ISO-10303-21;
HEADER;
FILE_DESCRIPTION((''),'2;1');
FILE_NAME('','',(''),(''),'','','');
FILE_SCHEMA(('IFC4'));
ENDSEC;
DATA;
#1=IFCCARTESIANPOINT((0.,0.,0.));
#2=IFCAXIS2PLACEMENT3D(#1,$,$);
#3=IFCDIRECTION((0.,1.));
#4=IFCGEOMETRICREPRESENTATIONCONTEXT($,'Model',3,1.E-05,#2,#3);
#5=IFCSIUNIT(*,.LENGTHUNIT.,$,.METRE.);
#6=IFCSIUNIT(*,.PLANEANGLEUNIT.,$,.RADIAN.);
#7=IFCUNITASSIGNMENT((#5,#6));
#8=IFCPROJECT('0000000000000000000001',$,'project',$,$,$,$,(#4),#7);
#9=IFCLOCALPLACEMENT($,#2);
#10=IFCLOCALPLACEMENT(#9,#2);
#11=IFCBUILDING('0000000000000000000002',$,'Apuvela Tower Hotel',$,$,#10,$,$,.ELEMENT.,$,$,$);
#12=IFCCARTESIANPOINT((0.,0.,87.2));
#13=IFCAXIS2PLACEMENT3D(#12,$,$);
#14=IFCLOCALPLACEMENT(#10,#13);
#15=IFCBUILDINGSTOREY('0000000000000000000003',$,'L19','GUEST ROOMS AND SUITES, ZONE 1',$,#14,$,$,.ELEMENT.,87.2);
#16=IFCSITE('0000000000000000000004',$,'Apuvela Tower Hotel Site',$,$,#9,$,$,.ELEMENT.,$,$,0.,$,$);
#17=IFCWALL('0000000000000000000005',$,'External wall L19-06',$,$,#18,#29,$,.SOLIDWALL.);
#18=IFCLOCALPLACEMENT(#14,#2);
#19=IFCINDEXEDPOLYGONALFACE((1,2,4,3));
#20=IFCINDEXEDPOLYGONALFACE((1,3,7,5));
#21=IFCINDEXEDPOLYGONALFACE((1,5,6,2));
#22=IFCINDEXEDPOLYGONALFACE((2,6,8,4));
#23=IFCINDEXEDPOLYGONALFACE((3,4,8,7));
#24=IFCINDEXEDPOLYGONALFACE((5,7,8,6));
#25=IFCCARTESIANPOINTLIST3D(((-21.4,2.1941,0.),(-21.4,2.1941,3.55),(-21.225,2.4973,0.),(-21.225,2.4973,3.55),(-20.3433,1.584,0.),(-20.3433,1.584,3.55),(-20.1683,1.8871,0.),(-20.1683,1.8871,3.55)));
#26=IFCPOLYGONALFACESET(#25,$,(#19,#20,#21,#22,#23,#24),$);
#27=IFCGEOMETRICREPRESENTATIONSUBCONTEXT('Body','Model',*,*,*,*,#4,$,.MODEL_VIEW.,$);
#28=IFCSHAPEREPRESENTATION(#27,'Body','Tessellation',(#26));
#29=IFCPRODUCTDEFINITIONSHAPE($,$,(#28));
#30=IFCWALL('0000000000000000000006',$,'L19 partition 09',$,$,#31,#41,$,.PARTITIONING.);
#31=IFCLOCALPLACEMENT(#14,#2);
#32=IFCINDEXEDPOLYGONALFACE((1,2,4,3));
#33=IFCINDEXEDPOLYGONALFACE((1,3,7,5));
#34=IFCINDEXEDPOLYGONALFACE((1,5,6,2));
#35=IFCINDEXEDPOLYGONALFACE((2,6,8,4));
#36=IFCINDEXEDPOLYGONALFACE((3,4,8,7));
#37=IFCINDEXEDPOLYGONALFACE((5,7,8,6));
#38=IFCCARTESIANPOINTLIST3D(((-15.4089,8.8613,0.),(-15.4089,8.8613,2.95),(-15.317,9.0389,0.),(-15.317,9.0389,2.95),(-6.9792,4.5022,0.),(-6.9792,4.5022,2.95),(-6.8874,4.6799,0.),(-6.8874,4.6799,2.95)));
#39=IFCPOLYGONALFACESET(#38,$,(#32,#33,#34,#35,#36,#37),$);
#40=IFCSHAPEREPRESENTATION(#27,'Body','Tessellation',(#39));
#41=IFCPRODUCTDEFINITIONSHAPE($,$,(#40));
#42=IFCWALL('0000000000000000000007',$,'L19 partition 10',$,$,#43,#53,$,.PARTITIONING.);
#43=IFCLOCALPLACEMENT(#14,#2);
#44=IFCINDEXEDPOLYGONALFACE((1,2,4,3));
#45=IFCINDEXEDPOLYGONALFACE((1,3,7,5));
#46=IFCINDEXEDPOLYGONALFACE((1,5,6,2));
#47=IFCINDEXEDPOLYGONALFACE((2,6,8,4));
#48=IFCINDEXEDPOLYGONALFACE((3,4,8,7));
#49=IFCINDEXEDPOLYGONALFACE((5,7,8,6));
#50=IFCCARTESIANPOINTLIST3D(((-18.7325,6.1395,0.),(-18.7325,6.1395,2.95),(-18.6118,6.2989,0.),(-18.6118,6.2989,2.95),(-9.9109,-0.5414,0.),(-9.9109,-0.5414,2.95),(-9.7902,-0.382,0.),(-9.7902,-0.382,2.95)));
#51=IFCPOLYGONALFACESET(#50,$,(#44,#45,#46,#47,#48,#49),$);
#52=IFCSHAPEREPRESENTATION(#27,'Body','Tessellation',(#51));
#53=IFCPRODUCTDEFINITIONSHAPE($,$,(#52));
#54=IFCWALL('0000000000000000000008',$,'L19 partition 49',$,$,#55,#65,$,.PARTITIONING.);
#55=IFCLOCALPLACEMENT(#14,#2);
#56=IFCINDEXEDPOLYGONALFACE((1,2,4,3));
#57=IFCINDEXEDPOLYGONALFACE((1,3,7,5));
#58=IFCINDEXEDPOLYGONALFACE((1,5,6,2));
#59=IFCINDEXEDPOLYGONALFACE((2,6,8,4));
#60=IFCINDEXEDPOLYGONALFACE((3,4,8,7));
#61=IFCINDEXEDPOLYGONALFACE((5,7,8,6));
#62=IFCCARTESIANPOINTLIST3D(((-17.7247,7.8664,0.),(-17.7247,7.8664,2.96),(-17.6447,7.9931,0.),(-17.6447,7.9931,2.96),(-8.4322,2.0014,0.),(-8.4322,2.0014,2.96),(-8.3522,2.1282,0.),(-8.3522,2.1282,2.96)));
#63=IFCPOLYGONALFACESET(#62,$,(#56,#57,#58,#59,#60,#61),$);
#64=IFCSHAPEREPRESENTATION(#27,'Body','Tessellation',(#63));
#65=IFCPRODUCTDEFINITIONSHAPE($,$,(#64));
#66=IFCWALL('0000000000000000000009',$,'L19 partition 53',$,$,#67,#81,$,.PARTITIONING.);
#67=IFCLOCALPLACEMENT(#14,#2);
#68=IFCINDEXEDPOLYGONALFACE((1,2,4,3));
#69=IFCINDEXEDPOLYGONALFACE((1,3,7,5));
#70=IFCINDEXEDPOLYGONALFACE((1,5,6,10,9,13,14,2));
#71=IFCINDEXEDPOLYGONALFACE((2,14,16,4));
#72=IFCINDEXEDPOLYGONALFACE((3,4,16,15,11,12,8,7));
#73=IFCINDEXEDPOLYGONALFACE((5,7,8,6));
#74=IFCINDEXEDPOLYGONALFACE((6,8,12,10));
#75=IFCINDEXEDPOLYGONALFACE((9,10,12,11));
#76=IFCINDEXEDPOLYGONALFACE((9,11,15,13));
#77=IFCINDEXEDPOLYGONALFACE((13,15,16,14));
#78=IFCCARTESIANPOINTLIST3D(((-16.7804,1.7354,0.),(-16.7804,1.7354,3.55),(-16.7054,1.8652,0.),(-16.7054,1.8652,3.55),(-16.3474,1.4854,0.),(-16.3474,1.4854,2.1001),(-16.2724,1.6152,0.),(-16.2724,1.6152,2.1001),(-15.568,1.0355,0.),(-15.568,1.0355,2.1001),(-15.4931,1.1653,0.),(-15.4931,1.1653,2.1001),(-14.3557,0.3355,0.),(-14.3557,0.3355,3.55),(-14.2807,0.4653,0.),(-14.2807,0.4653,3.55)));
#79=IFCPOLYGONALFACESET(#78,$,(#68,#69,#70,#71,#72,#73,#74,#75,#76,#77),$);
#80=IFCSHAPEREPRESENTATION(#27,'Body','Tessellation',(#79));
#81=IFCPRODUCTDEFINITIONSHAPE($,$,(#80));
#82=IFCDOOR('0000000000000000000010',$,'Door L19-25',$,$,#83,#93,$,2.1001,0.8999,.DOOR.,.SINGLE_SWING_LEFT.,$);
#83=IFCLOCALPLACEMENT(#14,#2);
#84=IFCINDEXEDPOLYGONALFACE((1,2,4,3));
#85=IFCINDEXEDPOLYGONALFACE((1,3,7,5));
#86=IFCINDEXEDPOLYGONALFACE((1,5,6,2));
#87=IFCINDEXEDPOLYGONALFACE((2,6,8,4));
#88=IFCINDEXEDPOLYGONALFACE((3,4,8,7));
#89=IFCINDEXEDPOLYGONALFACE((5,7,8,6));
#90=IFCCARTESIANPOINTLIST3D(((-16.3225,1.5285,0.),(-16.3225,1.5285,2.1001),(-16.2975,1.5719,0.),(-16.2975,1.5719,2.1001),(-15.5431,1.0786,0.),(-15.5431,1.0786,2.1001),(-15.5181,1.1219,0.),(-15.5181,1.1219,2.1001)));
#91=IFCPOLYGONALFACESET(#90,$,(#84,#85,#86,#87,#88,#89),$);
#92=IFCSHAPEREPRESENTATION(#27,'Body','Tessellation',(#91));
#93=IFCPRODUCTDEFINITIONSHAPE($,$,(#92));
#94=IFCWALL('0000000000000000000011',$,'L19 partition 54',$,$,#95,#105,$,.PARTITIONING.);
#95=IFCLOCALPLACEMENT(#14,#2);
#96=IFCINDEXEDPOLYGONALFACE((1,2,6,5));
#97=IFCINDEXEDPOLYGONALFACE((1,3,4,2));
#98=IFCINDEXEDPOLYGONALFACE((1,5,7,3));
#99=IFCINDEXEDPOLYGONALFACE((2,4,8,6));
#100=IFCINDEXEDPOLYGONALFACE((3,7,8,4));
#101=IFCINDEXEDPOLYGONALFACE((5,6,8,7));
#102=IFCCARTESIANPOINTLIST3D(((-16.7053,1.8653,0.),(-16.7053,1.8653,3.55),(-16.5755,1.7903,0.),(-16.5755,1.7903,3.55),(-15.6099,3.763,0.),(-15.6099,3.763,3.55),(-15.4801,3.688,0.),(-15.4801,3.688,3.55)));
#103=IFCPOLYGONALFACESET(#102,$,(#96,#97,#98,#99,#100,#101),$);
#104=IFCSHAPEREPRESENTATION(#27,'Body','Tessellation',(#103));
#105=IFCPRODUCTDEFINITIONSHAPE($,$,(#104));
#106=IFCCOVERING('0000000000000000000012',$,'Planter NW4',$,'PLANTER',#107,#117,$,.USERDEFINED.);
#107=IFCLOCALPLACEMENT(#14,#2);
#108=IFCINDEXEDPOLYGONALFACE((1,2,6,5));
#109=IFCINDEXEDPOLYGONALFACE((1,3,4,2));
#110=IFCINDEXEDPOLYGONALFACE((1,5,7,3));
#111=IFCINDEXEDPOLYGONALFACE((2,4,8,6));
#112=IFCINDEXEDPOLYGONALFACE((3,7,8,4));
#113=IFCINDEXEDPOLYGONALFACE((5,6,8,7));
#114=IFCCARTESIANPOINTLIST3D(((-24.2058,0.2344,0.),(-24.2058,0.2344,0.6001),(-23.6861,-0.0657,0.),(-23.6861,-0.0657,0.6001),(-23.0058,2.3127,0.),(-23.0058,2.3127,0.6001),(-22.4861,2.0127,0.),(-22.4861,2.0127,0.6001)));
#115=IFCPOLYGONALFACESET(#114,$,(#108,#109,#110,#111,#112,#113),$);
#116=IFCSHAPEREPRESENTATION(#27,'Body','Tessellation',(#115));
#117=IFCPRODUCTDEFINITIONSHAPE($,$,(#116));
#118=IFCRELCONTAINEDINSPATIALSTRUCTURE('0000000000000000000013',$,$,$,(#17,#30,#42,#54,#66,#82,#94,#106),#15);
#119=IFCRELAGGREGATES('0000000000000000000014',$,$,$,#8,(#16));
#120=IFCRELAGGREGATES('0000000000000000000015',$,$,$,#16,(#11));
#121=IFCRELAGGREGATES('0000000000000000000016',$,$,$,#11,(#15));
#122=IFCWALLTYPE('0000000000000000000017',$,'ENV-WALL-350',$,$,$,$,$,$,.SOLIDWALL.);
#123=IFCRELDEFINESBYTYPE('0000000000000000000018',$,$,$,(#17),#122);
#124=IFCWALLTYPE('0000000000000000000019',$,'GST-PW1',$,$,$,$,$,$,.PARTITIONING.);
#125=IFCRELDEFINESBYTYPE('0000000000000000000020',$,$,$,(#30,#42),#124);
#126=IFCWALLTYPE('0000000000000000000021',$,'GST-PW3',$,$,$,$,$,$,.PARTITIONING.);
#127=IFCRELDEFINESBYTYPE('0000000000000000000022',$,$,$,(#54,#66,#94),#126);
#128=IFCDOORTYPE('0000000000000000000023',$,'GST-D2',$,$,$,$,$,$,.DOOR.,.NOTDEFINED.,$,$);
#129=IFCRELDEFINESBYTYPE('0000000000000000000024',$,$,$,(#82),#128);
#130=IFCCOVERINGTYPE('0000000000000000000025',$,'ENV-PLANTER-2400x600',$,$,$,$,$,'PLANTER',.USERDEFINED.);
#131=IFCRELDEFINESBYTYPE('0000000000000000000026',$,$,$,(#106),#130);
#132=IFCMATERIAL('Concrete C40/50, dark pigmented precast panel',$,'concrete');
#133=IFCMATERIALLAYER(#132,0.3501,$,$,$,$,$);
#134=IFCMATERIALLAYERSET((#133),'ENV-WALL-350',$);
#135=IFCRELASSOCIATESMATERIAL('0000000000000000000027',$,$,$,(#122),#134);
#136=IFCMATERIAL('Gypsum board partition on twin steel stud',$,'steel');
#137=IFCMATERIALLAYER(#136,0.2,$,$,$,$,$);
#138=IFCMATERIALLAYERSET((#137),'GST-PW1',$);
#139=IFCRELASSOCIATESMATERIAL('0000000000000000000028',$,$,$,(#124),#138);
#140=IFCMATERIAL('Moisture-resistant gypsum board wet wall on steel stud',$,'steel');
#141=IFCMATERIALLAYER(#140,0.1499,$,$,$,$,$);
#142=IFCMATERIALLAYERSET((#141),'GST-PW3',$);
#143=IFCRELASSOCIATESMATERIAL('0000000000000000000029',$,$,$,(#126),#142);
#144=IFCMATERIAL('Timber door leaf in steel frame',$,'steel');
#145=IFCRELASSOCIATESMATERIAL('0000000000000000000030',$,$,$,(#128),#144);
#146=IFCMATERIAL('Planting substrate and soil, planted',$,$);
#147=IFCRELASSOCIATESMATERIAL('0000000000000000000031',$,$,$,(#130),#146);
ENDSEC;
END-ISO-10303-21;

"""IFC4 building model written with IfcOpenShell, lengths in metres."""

from ifc_helpers import new_model, si_unit, direction, frame, frame_2d, origin, origin_2d, place, context, subcontext, project, spatial, rectangle, extrude, material, layer, layer_set, type_object, element, fill, save


model = new_model("IFC4")

# Units and contexts
model_context = context("Model", 3, precision=1e-05, world=origin(), true_north=direction((0.0, 1.0)))
body_context = subcontext(model_context, "Body", "Model", "MODEL_VIEW")
ifc_project = project(units=[si_unit("LENGTHUNIT", "METRE"), si_unit("PLANEANGLEUNIT", "RADIAN")], contexts=[model_context])

# Site, building, storey
site_placement = place(None, origin())
site = spatial("IfcSite", under=ifc_project, at=site_placement, Name="Apuvela Tower Hotel Site", CompositionType="ELEMENT", RefElevation=0.0)
building_placement = place(site_placement, origin())
building = spatial("IfcBuilding", under=site, at=building_placement, Name="Apuvela Tower Hotel", CompositionType="ELEMENT")
storey_placement = place(building_placement, frame((0.0, 0.0, 87.2)))
storey = spatial("IfcBuildingStorey", under=building, at=storey_placement, Name="L19", Description="GUEST ROOMS AND SUITES, ZONE 1", CompositionType="ELEMENT", Elevation=87.2)

# Wall
ifc_material_1 = material(Name="Concrete C40/50, dark pigmented precast panel", Category="concrete")
ifc_layer_1 = layer(ifc_material_1, 0.3501)
ifc_layer_set_1 = layer_set([ifc_layer_1], Name="ENV-WALL-350")
wall_type_1 = type_object("IfcWallType", Name="ENV-WALL-350", PredefinedType="SOLIDWALL", material=ifc_layer_set_1)
wall_1_placement = place(storey_placement, frame((-21.3125, 2.3457, 0.0), z_axis=(0.0, 0.0, 1.0), x_axis=(0.866006, -0.500034, 0.0)))
element("IfcWall", 1, at=wall_1_placement, inside=storey, type_object=wall_type_1, Name="External wall L19-06", PredefinedType="SOLIDWALL", context=body_context, shape_type="SweptSolid", body=[
    extrude(rectangle(XDim=1.2202, YDim=0.3501, at=frame_2d((0.6101, 0.0))), origin(), (0.0, 0.0, 1.0), 3.55),
])

# Walls
ifc_material_2 = material(Name="Gypsum board partition on twin steel stud", Category="steel")
ifc_layer_2 = layer(ifc_material_2, 0.2)
ifc_layer_set_2 = layer_set([ifc_layer_2], Name="GST-PW1")
wall_type_2 = type_object("IfcWallType", Name="GST-PW1", PredefinedType="PARTITIONING", material=ifc_layer_set_2)
wall_2_placement = place(storey_placement, frame((-15.363, 8.9502, 0.0), z_axis=(0.0, 0.0, 1.0), x_axis=(0.888263, -0.459335, 0.0)))
element("IfcWall", 2, at=wall_2_placement, inside=storey, type_object=wall_type_2, Name="L19 partition 09", PredefinedType="PARTITIONING", context=body_context, shape_type="SweptSolid", body=[
    extrude(rectangle(XDim=9.49, YDim=0.2, at=frame_2d((4.7451, 0.0))), origin(), (0.0, 0.0, 1.0), 2.95),
])
wall_3_placement = place(storey_placement, frame((-18.6721, 6.2192, 0.0), z_axis=(0.0, 0.0, 1.0), x_axis=(0.797182, -0.603739, 0.0)))
element("IfcWall", 3, at=wall_3_placement, inside=storey, type_object=wall_type_2, Name="L19 partition 10", PredefinedType="PARTITIONING", context=body_context, shape_type="SweptSolid", body=[
    extrude(rectangle(XDim=11.0659, YDim=0.2, at=frame_2d((5.533, 0.0))), origin(), (0.0, 0.0, 1.0), 2.95),
])
ifc_material_3 = material(Name="Moisture-resistant gypsum board wet wall on steel stud", Category="steel")
ifc_layer_3 = layer(ifc_material_3, 0.1499)
ifc_layer_set_3 = layer_set([ifc_layer_3], Name="GST-PW3")
wall_type_3 = type_object("IfcWallType", Name="GST-PW3", PredefinedType="PARTITIONING", material=ifc_layer_set_3)
wall_4_placement = place(storey_placement, frame((-17.6846, 7.9297, 0.0), z_axis=(0.0, 0.0, 1.0), x_axis=(0.845651, -0.533736, 0.0)))
element("IfcWall", 4, at=wall_4_placement, inside=storey, type_object=wall_type_3, Name="L19 partition 49", PredefinedType="PARTITIONING", context=body_context, shape_type="SweptSolid", body=[
    extrude(rectangle(XDim=10.9885, YDim=0.1499, at=frame_2d((5.4941, 0.0))), origin(), (0.0, 0.0, 1.0), 2.96),
])

# Wall, opening, door
wall_5_placement = place(storey_placement, frame((-16.7429, 1.8003, 0.0), z_axis=(0.0, 0.0, 1.0), x_axis=(0.866035, -0.499984, 0.0)))
wall_5 = element("IfcWall", 5, at=wall_5_placement, inside=storey, type_object=wall_type_3, Name="L19 partition 53", PredefinedType="PARTITIONING", context=body_context, shape_type="SweptSolid", body=[
    extrude(rectangle(XDim=2.7998, YDim=0.1499, at=frame_2d((1.3999, 0.0))), origin(), (0.0, 0.0, 1.0), 3.55),
])
opening_1_placement = place(wall_5_placement, frame((0.5, 0.0, 0.0)))
opening_1 = element("IfcOpeningElement", 6, at=opening_1_placement, cuts=wall_5, PredefinedType="OPENING", context=body_context, shape_type="SweptSolid", body=[
    extrude(rectangle(XDim=0.8999, YDim=2.1001, at=frame_2d((0.45, 1.05))), frame((0.0, 0.085, 0.0), z_axis=(0.0, -1.0, 0.0), x_axis=(1.0, 0.0, 0.0)), (0.0, 0.0, 1.0), 0.1699),
])
ifc_material_4 = material(Name="Timber door leaf in steel frame", Category="steel")
door_type_1 = type_object("IfcDoorType", Name="GST-D2", OperationType="NOTDEFINED", PredefinedType="DOOR", material=ifc_material_4)
door_1_placement = place(opening_1_placement, origin())
door_1 = element("IfcDoor", 7, at=door_1_placement, inside=storey, type_object=door_type_1, Name="Door L19-25", OperationType="SINGLE_SWING_LEFT", OverallHeight=2.1001, OverallWidth=0.8999, PredefinedType="DOOR", context=body_context, shape_type="SweptSolid", body=[
    extrude(rectangle(XDim=0.8999, YDim=2.1001, at=frame_2d((0.45, 1.05))), frame((0.0, 0.0249, 0.0), z_axis=(0.0, -1.0, 0.0), x_axis=(1.0, 0.0, 0.0)), (0.0, 0.0, 1.0), 0.05),
])
fill(opening_1, door_1)

# Wall
wall_6_placement = place(storey_placement, frame((-15.5449, 3.7256, 0.0), z_axis=(0.0, 0.0, 1.0), x_axis=(-0.499938, -0.866061, 0.0)))
element("IfcWall", 8, at=wall_6_placement, inside=storey, type_object=wall_type_3, Name="L19 partition 54", PredefinedType="PARTITIONING", context=body_context, shape_type="SweptSolid", body=[
    extrude(rectangle(XDim=2.1912, YDim=0.1499, at=frame_2d((1.0957, 0.0))), origin(), (0.0, 0.0, 1.0), 3.55),
])

# Covering
ifc_material_5 = material(Name="Planting substrate and soil, planted")
covering_type = type_object("IfcCoveringType", Name="ENV-PLANTER-2400x600", ElementType="PLANTER", PredefinedType="USERDEFINED", material=ifc_material_5)
covering_placement = place(storey_placement, frame((-23.3459, 1.1235, 0.0), z_axis=(0.0, 0.0, 1.0), x_axis=(-0.5, -0.866025, 0.0)))
element("IfcCovering", 9, at=covering_placement, inside=storey, type_object=covering_type, Name="Planter NW4", ObjectType="PLANTER", PredefinedType="USERDEFINED", context=body_context, shape_type="SweptSolid", body=[
    extrude(rectangle(XDim=2.3999, YDim=0.6001, at=origin_2d()), origin(), (0.0, 0.0, 1.0), 0.6001),
])

save(model, "model.ifc")
